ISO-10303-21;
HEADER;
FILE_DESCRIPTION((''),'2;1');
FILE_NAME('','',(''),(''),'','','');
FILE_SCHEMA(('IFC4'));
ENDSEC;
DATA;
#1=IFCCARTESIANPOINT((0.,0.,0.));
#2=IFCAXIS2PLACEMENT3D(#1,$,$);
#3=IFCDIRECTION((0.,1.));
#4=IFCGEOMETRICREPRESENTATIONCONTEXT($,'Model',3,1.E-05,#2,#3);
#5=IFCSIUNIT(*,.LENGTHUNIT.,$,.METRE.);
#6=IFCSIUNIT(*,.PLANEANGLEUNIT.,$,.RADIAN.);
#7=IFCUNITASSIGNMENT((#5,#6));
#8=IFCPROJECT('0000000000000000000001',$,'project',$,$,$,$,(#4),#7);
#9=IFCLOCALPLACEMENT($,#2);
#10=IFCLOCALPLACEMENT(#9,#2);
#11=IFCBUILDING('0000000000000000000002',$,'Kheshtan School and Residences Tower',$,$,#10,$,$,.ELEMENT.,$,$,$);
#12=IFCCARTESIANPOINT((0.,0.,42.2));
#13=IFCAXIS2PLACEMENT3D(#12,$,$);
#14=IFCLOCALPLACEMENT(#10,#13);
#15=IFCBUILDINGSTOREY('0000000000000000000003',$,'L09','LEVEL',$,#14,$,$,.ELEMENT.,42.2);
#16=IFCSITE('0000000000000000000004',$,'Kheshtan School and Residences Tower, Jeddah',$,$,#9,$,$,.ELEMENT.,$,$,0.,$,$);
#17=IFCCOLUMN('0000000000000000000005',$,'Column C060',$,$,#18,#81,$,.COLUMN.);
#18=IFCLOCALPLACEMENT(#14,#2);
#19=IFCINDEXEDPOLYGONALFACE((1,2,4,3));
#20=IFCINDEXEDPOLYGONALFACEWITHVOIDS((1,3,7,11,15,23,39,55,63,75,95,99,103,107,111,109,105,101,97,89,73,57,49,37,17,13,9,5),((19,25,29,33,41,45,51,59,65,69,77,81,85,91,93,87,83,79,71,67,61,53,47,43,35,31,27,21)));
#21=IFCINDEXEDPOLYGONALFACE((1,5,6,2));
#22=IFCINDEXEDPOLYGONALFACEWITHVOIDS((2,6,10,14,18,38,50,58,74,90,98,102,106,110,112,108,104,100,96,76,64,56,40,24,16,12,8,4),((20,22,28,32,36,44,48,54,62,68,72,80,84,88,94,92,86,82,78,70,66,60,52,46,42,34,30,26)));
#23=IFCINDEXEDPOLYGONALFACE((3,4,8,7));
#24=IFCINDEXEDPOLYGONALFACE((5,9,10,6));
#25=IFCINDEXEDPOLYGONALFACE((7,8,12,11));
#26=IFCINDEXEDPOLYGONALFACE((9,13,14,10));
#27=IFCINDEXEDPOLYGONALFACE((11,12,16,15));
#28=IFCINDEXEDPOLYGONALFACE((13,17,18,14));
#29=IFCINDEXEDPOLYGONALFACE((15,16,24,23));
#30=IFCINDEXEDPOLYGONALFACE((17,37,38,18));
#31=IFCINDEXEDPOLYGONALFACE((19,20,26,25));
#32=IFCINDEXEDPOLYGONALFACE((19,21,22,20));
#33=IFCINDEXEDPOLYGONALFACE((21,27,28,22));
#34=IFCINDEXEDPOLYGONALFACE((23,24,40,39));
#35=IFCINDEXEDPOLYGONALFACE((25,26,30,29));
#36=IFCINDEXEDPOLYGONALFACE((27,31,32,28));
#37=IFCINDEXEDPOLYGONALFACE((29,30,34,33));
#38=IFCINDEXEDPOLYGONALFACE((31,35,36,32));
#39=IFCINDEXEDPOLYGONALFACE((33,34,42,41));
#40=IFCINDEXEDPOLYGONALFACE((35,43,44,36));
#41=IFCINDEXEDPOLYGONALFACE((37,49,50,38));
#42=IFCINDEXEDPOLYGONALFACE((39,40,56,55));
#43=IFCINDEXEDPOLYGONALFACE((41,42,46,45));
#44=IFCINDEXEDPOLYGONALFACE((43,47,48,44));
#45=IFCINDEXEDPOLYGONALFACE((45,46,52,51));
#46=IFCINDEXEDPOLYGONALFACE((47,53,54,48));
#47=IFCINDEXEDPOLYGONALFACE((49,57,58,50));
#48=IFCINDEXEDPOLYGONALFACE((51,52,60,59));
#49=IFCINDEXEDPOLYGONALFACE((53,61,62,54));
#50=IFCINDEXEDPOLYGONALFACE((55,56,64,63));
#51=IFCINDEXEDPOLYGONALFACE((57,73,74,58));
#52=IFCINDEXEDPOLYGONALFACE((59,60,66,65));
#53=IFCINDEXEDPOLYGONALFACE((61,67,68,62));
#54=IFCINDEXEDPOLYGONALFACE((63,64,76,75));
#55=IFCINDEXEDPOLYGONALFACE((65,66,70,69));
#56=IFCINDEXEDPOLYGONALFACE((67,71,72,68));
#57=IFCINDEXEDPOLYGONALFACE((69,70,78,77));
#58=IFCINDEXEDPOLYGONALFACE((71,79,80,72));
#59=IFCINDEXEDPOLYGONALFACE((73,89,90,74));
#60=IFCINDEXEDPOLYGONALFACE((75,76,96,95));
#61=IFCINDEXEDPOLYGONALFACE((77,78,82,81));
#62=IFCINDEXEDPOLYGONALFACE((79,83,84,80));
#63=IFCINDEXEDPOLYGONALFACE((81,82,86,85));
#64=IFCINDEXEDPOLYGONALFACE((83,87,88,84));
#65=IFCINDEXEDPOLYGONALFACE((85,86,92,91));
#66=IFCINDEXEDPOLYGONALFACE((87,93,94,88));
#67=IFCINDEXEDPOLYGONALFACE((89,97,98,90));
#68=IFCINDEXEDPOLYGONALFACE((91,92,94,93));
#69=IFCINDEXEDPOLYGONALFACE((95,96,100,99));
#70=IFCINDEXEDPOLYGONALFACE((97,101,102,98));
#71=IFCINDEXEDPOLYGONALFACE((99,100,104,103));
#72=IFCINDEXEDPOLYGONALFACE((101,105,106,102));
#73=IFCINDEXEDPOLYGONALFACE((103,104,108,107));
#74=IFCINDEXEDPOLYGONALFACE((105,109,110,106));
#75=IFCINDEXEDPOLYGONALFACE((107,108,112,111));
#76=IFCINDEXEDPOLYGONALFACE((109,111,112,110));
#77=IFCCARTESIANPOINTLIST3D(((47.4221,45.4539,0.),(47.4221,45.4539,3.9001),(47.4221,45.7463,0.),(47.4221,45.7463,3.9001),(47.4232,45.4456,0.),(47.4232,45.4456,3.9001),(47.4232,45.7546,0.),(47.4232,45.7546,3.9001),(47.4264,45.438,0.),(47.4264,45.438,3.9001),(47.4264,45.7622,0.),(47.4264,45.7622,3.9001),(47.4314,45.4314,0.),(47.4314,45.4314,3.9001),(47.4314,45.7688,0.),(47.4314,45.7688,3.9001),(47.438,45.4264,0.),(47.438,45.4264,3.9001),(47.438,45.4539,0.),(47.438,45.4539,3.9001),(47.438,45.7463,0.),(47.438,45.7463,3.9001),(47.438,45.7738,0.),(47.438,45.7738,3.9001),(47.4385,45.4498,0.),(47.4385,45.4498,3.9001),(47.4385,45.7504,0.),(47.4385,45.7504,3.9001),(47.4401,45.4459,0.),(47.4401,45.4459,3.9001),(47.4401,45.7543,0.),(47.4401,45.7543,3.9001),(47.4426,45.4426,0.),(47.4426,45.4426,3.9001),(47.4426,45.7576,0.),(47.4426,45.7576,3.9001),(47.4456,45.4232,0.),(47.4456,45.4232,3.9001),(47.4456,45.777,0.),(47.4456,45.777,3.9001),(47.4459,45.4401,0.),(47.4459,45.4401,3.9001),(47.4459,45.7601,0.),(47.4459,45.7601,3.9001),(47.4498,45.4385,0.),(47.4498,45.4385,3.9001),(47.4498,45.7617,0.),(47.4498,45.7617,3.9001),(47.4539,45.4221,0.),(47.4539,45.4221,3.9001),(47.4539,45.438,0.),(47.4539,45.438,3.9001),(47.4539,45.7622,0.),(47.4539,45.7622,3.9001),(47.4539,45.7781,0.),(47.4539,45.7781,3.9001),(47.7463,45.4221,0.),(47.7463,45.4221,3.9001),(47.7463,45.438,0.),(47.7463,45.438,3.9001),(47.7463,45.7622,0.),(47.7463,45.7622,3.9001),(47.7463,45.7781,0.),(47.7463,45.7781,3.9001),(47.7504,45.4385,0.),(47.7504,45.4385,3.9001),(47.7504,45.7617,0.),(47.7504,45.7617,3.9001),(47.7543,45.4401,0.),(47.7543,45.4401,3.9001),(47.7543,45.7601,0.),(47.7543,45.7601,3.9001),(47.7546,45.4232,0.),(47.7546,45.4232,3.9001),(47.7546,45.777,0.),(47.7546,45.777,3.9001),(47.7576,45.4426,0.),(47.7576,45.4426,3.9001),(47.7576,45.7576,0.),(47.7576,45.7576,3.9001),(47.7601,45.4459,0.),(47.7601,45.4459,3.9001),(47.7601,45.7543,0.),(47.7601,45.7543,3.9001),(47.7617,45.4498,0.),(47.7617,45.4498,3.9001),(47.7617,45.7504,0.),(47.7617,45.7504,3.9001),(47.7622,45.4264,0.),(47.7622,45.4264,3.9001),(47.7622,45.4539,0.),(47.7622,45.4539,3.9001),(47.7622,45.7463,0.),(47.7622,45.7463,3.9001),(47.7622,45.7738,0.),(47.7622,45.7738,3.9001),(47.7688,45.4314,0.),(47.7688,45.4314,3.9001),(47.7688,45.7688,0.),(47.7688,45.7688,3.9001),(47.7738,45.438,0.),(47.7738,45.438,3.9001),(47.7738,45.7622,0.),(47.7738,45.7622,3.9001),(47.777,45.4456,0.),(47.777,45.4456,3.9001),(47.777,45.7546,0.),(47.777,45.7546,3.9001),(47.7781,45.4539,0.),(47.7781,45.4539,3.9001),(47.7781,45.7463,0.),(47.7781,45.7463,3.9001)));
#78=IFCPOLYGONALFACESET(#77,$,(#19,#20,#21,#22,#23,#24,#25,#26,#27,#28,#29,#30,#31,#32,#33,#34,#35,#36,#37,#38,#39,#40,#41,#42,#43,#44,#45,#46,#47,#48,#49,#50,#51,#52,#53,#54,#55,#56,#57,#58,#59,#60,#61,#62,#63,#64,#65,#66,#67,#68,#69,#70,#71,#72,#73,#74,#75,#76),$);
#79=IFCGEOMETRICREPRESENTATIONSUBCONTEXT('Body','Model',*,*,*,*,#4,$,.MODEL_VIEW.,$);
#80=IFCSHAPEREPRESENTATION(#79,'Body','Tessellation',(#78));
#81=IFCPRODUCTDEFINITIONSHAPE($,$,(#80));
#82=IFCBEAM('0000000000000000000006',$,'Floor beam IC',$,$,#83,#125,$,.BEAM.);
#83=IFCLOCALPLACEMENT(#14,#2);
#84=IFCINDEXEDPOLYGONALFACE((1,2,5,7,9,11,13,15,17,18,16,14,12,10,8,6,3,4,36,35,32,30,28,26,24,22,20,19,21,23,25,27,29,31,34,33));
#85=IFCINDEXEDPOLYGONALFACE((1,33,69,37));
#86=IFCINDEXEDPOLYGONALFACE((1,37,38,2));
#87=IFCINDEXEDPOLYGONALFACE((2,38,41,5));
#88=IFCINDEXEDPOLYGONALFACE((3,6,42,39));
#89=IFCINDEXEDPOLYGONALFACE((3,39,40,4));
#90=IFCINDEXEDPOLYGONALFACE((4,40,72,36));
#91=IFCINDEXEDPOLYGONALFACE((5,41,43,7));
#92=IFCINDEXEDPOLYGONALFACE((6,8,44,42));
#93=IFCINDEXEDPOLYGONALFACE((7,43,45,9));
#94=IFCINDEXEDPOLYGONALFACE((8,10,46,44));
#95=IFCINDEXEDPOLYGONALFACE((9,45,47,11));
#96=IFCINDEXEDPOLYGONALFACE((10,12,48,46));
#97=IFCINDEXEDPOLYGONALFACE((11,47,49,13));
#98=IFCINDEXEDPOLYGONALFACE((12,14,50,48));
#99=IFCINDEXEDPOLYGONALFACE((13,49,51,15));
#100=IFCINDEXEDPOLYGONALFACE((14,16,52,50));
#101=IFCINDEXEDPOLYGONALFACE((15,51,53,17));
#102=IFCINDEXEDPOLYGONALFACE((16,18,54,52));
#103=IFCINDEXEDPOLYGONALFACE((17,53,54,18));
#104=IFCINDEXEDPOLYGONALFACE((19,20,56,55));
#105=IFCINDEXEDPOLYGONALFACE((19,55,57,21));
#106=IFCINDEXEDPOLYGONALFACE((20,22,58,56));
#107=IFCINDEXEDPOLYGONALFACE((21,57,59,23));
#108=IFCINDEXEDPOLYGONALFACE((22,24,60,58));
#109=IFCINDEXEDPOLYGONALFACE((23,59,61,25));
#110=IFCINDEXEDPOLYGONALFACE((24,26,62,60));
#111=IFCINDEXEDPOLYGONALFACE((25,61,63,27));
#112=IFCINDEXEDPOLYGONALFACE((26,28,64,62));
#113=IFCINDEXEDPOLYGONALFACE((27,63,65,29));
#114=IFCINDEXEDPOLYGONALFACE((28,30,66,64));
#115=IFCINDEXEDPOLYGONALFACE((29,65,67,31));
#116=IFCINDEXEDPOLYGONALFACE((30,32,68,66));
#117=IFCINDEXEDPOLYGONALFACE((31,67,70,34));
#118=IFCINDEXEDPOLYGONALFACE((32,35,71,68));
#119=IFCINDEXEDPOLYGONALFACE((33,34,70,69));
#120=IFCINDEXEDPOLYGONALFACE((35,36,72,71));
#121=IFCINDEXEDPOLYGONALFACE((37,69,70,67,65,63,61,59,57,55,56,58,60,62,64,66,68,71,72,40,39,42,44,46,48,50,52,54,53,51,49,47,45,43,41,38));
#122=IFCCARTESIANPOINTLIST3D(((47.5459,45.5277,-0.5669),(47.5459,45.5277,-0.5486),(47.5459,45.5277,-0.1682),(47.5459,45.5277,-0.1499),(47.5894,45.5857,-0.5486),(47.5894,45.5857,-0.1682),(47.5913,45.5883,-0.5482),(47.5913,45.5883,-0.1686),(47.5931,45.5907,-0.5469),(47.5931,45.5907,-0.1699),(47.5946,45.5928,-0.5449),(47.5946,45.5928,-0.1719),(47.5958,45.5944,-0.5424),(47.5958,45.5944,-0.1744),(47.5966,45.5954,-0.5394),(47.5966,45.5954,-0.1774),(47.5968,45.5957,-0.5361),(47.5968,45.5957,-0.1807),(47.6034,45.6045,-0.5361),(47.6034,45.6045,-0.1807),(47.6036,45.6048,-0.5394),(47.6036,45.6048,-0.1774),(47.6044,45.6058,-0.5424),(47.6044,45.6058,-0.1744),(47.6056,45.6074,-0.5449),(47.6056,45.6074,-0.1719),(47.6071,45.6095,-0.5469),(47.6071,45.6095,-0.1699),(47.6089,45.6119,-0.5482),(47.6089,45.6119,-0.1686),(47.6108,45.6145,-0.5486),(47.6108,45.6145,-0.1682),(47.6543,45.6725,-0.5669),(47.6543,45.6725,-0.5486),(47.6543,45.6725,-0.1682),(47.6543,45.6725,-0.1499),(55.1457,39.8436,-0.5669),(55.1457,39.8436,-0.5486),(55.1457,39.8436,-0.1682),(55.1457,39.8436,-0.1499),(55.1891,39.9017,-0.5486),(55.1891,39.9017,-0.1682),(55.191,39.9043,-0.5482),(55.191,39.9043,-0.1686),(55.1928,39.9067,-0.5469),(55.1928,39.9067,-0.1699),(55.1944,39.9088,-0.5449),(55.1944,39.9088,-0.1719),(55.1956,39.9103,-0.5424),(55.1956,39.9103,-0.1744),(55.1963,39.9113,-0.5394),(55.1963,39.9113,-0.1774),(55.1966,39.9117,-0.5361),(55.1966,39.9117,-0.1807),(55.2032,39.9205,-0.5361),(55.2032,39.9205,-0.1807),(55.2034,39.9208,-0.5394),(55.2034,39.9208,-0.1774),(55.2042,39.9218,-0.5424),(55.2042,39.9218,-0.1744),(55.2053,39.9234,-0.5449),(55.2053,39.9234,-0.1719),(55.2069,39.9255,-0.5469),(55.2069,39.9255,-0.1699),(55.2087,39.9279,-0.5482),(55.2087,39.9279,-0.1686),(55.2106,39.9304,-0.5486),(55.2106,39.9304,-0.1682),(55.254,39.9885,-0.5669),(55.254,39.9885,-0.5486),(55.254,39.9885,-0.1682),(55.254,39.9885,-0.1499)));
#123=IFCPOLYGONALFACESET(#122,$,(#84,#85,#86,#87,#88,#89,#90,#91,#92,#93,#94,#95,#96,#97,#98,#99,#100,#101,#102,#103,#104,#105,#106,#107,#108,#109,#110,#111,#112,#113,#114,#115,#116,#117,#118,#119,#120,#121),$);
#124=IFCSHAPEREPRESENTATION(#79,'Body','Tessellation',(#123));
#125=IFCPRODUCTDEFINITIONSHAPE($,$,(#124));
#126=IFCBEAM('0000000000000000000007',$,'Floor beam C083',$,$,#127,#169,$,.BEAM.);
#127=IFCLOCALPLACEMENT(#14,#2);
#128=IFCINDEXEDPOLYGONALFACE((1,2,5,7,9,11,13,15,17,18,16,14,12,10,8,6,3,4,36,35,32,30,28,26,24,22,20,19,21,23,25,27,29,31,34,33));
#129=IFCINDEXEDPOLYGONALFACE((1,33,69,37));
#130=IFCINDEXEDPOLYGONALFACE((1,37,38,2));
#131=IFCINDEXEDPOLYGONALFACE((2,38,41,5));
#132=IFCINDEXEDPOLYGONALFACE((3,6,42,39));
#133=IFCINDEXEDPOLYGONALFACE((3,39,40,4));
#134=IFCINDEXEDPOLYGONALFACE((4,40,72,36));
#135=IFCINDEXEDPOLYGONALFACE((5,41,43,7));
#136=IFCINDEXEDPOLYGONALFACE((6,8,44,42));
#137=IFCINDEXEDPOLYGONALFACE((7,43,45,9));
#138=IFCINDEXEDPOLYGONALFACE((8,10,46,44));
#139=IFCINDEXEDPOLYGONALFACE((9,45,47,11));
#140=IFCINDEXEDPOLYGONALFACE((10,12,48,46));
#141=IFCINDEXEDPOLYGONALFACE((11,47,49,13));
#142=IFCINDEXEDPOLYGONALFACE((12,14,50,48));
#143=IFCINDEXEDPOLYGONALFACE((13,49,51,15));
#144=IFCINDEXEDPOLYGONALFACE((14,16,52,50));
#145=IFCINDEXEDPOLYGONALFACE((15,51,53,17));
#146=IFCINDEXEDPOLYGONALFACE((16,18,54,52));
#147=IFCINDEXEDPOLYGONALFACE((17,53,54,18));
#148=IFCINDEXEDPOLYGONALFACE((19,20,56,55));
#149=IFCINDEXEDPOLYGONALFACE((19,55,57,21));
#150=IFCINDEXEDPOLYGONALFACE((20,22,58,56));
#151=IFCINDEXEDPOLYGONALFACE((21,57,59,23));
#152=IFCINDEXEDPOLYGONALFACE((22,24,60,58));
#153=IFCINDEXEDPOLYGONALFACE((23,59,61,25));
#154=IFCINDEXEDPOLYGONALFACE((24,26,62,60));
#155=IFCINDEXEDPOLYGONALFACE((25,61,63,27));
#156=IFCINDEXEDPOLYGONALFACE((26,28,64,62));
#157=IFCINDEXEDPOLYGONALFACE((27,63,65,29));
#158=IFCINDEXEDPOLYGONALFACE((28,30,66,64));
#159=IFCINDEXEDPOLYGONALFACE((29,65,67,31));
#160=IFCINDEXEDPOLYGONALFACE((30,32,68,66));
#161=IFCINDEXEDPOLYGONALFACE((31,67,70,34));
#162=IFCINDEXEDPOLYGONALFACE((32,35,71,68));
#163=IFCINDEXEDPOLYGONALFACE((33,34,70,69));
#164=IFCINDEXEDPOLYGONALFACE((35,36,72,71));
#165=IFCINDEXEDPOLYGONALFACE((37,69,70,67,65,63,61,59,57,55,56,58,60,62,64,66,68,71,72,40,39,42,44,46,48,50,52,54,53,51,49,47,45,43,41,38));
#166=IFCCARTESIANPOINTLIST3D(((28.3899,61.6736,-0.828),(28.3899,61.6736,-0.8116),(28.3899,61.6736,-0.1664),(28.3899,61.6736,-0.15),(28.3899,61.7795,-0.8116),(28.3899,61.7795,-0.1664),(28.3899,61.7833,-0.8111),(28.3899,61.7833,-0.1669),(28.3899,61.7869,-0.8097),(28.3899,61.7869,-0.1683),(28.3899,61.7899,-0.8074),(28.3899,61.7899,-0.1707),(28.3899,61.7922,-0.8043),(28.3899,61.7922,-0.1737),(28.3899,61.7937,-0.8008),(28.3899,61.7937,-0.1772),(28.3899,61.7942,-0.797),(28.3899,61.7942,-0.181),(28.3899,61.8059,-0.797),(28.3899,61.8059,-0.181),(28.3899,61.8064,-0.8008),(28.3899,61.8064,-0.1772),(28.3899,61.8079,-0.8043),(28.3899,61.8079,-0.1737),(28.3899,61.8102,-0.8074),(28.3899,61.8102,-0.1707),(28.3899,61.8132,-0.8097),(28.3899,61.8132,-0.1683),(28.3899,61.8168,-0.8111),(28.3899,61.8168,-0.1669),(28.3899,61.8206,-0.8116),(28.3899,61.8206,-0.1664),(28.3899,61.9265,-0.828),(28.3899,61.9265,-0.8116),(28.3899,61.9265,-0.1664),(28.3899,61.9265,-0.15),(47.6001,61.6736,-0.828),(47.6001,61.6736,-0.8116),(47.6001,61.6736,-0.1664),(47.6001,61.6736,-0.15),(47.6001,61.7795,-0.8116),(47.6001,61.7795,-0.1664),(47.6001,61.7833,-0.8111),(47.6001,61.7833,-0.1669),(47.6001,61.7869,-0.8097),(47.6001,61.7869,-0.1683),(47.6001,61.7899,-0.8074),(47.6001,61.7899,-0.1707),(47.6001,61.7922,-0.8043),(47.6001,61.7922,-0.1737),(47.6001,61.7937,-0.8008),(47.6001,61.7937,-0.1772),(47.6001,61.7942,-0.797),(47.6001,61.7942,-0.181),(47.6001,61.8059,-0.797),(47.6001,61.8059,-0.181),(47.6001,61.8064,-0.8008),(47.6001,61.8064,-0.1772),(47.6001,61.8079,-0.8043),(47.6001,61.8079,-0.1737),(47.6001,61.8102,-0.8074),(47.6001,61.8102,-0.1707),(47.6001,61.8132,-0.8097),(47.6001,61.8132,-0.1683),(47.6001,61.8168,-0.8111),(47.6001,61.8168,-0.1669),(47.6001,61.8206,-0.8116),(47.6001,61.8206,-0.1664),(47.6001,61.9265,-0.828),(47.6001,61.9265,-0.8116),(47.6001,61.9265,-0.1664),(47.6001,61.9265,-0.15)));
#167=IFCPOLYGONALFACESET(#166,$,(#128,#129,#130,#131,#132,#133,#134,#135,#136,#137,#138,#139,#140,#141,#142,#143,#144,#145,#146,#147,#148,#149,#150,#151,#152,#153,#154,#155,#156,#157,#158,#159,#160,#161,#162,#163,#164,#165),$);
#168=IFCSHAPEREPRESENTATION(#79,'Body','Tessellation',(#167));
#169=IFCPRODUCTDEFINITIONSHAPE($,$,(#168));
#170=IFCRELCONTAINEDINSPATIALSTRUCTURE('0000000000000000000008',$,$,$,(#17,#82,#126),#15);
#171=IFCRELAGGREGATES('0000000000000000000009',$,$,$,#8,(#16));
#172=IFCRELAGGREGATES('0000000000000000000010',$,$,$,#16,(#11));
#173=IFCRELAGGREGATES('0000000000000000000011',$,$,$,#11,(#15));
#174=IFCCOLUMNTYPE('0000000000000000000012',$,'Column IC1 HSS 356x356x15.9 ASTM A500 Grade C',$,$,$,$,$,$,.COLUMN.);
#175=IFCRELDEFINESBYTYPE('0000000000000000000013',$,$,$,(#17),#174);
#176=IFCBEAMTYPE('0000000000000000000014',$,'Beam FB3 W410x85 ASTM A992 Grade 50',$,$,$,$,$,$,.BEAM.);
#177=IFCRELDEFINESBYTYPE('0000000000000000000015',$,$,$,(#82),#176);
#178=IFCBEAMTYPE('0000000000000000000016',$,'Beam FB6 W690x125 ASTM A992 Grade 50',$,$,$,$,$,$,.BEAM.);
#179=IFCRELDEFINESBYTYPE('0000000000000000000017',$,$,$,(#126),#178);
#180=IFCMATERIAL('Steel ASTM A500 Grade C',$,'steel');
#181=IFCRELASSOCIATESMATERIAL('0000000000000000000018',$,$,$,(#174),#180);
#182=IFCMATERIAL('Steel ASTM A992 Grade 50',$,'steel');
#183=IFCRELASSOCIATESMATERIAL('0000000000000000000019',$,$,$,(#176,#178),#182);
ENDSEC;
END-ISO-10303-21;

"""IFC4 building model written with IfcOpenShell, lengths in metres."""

from ifc_helpers import new_model, si_unit, direction, frame, origin, origin_2d, place, context, subcontext, project, spatial, hollow_rectangle, i_section, extrude, material, material_profile, profile_set, type_object, element, save


model = new_model("IFC4")

# Units and contexts
model_context = context("Model", 3, precision=1e-05, world=origin(), true_north=direction((0.0, 1.0)))
body_context = subcontext(model_context, "Body", "Model", "MODEL_VIEW")
ifc_project = project(units=[si_unit("LENGTHUNIT", "METRE"), si_unit("PLANEANGLEUNIT", "RADIAN")], contexts=[model_context])

# Site, building, storey
site_placement = place(None, origin())
site = spatial("IfcSite", under=ifc_project, at=site_placement, Name="Kheshtan School and Residences Tower, Jeddah", CompositionType="ELEMENT", RefElevation=0.0)
building_placement = place(site_placement, origin())
building = spatial("IfcBuilding", under=site, at=building_placement, Name="Kheshtan School and Residences Tower", CompositionType="ELEMENT")
storey_placement = place(building_placement, frame((0.0, 0.0, 42.2)))
storey = spatial("IfcBuildingStorey", under=building, at=storey_placement, Name="L09", Description="LEVEL", CompositionType="ELEMENT", Elevation=42.2)

# Column
ifc_material_1 = material(Name="Steel ASTM A992 Grade 50", Category="steel")
ifc_material_2 = material(Name="Steel ASTM A500 Grade C", Category="steel")
ifc_material_profile_1 = material_profile(ifc_material_2, hollow_rectangle(XDim=0.356, YDim=0.356, WallThickness=0.0159, InnerFilletRadius=0.0159, OuterFilletRadius=0.0317, at=origin_2d()), Name="HSS 356x356x15.9")
ifc_profile_set_1 = profile_set([ifc_material_profile_1], Name="Steel ASTM A500 Grade C")
column_type_1 = type_object("IfcColumnType", Name="Column IC1 HSS 356x356x15.9 ASTM A500 Grade C", PredefinedType="COLUMN", material=ifc_profile_set_1)
column_placement = place(storey_placement, frame((47.6001, 45.6001, 0.0), z_axis=(0.0, 0.0, 1.0), x_axis=(1.0, 0.0, 0.0)))
element("IfcColumn", 1, at=column_placement, inside=storey, type_object=column_type_1, Name="Column C060", PredefinedType="COLUMN", context=body_context, shape_type="SweptSolid", body=[
    extrude(hollow_rectangle(XDim=0.356, YDim=0.356, WallThickness=0.0159, InnerFilletRadius=0.0159, OuterFilletRadius=0.0317, at=origin_2d()), origin(), (0.0, 0.0, 1.0), 3.9001),
])

# Beams
ifc_material_profile_2 = material_profile(ifc_material_1, i_section(OverallWidth=0.1809, OverallDepth=0.417, WebThickness=0.011, FlangeThickness=0.0183, FilletRadius=0.0125, at=origin_2d()), Name="W410x85")
ifc_profile_set_2 = profile_set([ifc_material_profile_2], Name="Steel ASTM A992 Grade 50")
beam_type_1 = type_object("IfcBeamType", Name="Beam FB3 W410x85 ASTM A992 Grade 50", PredefinedType="BEAM", material=ifc_profile_set_2)
beam_1_placement = place(storey_placement, frame((47.6001, 45.6001, -0.3584), z_axis=(0.800799, -0.598933, 0.0), x_axis=(0.598933, 0.800799, 0.0)))
element("IfcBeam", 2, at=beam_1_placement, inside=storey, type_object=beam_type_1, Name="Floor beam IC", PredefinedType="BEAM", context=body_context, shape_type="SweptSolid", body=[
    extrude(i_section(OverallWidth=0.1809, OverallDepth=0.417, WebThickness=0.011, FlangeThickness=0.0183, FilletRadius=0.0125, at=origin_2d()), origin(), (0.0, 0.0, 1.0), 9.4902),
])
ifc_material_profile_3 = material_profile(ifc_material_1, i_section(OverallWidth=0.2529, OverallDepth=0.678, WebThickness=0.0117, FlangeThickness=0.0164, FilletRadius=0.0146, at=origin_2d()), Name="W690x125")
ifc_profile_set_3 = profile_set([ifc_material_profile_3], Name="Steel ASTM A992 Grade 50")
beam_type_2 = type_object("IfcBeamType", Name="Beam FB6 W690x125 ASTM A992 Grade 50", PredefinedType="BEAM", material=ifc_profile_set_3)
beam_2_placement = place(storey_placement, frame((47.6001, 61.8, -0.489), z_axis=(-1.0, 0.0, 0.0), x_axis=(0.0, -1.0, 0.0)))
element("IfcBeam", 3, at=beam_2_placement, inside=storey, type_object=beam_type_2, Name="Floor beam C083", PredefinedType="BEAM", context=body_context, shape_type="SweptSolid", body=[
    extrude(i_section(OverallWidth=0.2529, OverallDepth=0.678, WebThickness=0.0117, FlangeThickness=0.0164, FilletRadius=0.0146, at=origin_2d()), origin(), (0.0, 0.0, 1.0), 19.2102),
])

save(model, "model.ifc")
